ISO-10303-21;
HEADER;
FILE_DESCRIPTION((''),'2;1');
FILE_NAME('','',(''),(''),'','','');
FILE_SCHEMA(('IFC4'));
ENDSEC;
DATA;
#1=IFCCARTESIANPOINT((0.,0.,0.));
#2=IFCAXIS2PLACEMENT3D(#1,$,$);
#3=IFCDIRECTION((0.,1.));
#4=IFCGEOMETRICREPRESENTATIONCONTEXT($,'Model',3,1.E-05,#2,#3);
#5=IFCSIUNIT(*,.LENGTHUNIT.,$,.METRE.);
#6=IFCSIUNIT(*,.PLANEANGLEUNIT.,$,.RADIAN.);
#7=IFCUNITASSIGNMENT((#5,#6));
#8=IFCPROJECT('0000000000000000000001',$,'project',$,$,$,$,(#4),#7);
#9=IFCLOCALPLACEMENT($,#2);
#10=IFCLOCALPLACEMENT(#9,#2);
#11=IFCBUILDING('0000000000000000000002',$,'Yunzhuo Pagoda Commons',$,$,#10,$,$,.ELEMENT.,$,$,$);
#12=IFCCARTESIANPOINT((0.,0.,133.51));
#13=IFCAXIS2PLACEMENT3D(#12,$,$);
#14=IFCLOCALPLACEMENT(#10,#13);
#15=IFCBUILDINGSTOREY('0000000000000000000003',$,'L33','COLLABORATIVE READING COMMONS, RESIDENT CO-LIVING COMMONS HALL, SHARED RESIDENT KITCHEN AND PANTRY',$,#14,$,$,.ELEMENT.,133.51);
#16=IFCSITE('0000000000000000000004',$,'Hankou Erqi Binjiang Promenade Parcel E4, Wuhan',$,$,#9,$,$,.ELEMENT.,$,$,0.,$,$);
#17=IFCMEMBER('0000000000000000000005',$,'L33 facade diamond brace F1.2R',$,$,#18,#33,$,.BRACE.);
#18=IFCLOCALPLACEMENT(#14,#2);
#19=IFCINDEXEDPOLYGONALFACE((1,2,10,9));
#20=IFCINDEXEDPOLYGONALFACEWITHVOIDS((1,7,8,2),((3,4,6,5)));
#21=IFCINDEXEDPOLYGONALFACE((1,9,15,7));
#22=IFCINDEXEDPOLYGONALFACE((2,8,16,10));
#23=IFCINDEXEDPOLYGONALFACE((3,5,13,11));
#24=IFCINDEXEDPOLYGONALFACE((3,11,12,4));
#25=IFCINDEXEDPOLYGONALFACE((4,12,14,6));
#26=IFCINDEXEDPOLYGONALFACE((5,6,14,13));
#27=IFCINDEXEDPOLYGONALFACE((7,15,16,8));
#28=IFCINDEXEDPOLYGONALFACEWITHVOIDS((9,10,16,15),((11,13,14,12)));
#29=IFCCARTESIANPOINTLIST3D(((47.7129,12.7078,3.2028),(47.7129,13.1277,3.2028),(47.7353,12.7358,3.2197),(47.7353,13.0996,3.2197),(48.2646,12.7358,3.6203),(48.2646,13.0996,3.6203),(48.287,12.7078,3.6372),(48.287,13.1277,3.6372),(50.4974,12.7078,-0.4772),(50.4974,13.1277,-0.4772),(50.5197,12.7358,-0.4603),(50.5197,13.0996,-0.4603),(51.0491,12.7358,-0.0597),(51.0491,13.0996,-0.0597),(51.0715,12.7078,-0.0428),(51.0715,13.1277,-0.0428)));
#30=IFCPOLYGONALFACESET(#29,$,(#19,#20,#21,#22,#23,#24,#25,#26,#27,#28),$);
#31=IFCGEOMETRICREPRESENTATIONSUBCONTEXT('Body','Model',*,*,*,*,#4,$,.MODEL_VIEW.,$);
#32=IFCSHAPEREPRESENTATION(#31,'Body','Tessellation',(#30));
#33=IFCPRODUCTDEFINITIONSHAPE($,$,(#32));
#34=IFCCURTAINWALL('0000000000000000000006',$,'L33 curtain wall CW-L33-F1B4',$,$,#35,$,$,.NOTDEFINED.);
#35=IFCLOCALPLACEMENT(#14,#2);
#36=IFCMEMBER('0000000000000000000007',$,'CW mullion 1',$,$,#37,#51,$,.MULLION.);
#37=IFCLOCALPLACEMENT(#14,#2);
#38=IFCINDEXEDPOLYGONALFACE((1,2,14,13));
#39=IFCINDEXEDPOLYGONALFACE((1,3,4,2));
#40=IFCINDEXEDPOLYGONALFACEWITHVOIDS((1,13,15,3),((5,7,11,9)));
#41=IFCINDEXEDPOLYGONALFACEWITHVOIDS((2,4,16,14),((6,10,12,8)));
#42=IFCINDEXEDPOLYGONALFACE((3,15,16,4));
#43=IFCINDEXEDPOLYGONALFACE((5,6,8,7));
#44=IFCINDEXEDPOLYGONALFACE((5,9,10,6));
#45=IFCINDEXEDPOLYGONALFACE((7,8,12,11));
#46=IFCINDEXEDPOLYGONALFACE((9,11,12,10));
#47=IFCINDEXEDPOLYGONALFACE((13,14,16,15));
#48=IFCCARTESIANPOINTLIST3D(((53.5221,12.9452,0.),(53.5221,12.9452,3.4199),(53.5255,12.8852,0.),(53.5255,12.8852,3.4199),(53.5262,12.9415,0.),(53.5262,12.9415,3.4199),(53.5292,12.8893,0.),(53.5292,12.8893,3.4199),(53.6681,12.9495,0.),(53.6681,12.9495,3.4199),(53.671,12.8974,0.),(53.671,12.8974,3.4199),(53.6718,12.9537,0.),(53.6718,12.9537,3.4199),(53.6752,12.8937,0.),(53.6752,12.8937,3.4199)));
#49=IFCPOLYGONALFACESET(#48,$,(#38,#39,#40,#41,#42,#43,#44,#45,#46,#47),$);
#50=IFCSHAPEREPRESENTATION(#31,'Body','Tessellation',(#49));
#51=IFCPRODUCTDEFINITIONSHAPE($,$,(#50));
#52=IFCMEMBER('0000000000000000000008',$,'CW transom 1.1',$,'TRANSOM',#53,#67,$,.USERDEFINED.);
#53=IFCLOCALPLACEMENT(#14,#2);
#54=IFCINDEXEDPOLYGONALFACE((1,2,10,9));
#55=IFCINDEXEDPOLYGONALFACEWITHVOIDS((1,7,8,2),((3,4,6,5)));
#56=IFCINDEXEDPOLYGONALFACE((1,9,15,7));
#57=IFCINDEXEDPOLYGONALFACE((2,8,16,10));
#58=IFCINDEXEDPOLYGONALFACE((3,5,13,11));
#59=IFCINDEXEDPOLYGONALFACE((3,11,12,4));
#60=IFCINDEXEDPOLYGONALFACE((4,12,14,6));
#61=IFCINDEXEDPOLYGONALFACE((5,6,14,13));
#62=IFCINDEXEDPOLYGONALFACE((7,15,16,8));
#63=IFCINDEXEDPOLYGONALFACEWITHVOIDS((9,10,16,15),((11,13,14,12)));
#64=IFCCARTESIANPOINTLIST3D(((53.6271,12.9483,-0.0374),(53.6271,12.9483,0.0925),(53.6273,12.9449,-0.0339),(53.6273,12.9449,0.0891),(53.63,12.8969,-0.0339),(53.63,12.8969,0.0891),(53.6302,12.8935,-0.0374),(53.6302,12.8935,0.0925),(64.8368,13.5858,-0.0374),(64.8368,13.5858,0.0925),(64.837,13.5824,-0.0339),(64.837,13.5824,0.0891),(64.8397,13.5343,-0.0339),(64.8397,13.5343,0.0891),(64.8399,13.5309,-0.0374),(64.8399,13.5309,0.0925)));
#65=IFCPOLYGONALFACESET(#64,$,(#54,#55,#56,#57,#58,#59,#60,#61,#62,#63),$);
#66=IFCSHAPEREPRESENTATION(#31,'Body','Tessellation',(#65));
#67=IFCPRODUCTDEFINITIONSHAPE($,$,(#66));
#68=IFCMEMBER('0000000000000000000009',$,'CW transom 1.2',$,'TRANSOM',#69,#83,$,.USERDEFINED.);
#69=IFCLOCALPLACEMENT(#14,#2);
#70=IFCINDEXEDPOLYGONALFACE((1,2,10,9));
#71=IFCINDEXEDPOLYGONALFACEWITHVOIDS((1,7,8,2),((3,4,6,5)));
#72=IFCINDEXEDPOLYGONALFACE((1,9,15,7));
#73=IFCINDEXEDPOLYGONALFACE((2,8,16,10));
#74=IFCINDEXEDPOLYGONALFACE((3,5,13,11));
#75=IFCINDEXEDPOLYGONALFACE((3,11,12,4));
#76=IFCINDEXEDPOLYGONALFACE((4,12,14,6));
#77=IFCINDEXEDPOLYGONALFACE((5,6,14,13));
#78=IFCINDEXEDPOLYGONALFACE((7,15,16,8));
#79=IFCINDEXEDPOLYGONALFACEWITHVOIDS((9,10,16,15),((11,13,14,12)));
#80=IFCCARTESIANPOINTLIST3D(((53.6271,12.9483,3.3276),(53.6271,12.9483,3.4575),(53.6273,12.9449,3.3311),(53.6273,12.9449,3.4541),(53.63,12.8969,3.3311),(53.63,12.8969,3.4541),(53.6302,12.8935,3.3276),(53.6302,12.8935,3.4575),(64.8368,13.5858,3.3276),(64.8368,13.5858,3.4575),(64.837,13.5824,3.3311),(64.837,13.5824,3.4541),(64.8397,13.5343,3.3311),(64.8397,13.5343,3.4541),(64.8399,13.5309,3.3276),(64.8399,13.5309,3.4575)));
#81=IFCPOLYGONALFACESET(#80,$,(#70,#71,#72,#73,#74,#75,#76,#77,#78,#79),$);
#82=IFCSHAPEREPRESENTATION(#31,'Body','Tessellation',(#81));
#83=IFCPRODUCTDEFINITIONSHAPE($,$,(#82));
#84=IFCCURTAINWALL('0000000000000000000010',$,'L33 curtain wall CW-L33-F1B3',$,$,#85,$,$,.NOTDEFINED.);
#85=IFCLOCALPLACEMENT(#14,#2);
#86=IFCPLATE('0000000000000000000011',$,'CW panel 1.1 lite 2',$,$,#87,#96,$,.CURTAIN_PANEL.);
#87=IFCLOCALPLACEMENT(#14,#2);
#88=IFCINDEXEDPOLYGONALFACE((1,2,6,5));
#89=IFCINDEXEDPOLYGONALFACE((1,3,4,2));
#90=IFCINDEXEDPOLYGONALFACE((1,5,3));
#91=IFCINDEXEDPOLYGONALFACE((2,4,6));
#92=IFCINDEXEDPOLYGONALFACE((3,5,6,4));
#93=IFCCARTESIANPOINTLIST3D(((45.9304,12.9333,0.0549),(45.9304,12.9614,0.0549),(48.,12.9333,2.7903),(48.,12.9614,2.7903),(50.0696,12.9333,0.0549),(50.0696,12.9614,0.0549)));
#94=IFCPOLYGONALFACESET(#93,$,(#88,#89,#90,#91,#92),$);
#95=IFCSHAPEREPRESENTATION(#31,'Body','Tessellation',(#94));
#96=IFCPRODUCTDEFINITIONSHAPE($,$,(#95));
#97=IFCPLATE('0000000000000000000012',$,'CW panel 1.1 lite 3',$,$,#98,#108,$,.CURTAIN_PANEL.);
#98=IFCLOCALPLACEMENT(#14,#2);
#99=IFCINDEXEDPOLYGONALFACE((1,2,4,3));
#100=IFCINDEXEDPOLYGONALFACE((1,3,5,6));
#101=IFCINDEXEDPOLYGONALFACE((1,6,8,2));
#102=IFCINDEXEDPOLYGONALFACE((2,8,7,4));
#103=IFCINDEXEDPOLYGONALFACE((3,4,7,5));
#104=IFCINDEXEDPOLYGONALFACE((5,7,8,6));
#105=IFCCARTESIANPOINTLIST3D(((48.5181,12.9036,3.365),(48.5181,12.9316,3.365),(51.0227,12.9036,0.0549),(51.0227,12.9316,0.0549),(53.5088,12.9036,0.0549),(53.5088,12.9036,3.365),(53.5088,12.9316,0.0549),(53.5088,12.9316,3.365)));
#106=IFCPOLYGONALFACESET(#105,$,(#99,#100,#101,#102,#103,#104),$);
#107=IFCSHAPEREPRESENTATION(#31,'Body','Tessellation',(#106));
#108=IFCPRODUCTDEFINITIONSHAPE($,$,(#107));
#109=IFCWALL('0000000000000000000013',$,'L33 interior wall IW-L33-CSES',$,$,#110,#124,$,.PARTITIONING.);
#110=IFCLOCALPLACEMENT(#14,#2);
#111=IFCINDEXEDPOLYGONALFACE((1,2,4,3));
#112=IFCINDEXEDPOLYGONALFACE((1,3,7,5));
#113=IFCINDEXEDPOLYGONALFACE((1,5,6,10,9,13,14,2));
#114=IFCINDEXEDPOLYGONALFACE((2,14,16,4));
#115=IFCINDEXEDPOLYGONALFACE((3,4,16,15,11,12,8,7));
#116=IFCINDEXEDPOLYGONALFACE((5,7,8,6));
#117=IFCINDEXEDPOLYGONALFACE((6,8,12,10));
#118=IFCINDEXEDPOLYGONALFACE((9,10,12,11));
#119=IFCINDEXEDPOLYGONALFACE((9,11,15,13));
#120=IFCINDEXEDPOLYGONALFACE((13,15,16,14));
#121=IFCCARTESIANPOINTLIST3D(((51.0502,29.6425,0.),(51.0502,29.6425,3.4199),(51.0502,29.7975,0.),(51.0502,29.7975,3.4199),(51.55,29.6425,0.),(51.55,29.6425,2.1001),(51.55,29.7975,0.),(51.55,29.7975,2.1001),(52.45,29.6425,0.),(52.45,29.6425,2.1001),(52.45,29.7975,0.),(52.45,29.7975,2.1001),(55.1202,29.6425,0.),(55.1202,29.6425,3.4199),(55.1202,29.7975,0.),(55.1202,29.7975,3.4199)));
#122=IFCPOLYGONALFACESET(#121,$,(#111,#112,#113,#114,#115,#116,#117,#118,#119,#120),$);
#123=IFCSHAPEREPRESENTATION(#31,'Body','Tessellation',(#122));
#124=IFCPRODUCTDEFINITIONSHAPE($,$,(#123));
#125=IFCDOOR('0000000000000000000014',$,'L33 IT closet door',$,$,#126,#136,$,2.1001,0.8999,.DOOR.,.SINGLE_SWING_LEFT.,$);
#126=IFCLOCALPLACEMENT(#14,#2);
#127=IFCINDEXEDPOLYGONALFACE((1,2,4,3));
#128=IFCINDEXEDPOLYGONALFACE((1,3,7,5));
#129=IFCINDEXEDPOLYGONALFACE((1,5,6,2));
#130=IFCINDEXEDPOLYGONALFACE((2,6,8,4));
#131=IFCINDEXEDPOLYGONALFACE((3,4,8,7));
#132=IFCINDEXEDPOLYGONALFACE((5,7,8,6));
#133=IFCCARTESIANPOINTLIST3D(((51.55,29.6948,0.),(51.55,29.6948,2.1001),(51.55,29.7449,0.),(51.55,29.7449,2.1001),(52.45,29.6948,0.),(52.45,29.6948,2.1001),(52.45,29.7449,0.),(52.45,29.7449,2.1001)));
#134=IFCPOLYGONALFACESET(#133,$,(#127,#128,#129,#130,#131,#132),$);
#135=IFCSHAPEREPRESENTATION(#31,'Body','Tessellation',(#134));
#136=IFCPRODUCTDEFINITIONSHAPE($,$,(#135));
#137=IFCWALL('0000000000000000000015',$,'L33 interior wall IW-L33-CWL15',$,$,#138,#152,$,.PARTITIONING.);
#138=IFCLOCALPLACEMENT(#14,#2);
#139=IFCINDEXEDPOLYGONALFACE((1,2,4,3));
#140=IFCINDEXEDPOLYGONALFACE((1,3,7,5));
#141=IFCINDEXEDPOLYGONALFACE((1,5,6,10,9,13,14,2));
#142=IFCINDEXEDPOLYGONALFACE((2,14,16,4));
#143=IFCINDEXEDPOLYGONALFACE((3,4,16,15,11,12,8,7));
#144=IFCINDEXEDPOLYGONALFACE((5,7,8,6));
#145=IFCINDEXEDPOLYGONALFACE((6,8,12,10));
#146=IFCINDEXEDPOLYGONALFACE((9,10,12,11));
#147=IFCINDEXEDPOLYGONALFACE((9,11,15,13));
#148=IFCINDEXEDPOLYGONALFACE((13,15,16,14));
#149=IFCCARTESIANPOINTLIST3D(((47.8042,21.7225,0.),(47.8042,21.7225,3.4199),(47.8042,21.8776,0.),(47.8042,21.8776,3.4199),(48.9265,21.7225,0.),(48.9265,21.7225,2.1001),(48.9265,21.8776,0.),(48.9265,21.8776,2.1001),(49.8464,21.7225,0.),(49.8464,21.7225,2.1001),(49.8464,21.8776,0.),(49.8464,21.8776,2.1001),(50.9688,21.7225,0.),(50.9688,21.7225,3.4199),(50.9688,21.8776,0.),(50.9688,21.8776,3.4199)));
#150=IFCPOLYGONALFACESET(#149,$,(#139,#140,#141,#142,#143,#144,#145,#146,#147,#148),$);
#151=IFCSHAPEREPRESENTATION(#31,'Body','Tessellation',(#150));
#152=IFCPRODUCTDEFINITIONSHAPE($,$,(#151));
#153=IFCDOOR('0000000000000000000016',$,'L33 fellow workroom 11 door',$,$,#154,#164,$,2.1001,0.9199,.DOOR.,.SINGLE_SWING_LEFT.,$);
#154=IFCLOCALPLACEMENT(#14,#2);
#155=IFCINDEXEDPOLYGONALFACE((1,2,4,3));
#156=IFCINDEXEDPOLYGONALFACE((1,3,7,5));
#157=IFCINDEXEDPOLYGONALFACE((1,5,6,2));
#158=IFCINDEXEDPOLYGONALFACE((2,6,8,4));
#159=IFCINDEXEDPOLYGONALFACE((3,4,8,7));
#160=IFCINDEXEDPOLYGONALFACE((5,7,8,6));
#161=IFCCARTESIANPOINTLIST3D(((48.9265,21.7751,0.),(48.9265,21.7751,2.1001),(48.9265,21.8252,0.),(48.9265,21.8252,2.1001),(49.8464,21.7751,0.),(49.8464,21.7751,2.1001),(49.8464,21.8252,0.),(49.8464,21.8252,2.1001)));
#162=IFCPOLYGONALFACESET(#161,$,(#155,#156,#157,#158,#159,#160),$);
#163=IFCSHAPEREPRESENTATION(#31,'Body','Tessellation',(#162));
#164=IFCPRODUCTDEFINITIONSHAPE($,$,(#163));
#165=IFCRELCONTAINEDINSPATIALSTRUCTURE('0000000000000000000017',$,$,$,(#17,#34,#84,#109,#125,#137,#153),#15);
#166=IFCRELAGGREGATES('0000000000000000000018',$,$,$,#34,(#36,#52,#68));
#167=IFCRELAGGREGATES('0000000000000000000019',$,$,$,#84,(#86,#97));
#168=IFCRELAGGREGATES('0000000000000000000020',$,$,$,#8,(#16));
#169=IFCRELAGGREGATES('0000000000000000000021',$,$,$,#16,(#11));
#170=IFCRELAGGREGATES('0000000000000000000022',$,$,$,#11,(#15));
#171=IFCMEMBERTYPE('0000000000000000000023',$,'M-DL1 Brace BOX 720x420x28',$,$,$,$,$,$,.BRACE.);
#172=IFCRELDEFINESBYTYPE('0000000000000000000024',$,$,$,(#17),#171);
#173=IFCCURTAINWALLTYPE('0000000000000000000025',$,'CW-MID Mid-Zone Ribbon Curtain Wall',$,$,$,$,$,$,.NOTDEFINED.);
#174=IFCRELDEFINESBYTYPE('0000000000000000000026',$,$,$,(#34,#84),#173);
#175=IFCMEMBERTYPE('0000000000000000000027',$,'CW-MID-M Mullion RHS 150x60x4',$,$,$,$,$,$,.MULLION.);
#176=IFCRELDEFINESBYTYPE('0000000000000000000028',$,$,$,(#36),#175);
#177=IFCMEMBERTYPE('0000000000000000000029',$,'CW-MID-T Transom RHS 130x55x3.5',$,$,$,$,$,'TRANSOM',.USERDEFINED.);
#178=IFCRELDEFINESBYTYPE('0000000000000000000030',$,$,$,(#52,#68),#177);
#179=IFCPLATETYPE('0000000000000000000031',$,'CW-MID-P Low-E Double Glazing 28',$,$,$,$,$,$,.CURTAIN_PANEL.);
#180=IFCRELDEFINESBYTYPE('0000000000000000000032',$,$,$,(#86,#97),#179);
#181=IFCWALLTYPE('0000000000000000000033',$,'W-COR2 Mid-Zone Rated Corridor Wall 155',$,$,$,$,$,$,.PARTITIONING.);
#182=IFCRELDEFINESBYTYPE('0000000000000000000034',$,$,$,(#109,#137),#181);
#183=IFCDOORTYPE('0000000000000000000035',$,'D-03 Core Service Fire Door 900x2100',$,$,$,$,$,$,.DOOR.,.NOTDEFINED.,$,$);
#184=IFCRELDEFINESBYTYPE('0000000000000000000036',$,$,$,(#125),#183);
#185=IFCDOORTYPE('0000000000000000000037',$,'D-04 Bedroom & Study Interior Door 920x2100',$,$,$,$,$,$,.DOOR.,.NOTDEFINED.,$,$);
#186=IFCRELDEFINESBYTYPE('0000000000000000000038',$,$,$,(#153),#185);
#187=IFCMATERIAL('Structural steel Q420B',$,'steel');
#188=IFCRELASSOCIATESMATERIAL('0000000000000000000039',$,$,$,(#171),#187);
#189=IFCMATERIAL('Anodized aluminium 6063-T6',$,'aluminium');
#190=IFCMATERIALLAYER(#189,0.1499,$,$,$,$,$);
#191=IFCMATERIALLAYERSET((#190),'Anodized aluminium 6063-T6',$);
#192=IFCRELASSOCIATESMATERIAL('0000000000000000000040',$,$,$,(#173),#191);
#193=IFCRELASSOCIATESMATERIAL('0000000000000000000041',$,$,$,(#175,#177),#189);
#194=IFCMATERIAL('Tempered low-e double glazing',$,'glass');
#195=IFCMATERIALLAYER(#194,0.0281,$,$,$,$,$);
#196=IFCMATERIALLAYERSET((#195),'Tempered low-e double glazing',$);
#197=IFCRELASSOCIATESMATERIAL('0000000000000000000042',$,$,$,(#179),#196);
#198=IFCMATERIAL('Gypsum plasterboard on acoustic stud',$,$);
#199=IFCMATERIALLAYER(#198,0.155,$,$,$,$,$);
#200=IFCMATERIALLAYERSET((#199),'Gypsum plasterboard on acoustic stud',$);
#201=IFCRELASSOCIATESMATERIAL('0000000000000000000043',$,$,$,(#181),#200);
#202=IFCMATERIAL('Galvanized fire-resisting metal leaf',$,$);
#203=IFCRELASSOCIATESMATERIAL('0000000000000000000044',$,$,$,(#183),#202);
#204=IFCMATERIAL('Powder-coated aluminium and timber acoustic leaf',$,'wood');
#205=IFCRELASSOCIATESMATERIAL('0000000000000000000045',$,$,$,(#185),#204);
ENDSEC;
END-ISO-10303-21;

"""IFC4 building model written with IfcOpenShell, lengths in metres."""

from ifc_helpers import new_model, si_unit, direction, frame, frame_2d, origin, origin_with_axes, origin_2d, place, context, subcontext, project, spatial, polyline, rectangle, hollow_rectangle, outline, extrude, source, transform, mapped, material, layer, layer_set, material_profile, profile_set, type_object, element, fill, aggregate, save


model = new_model("IFC4")

# Units and contexts
model_context = context("Model", 3, precision=1e-05, world=origin(), true_north=direction((0.0, 1.0)))
body_context = subcontext(model_context, "Body", "Model", "MODEL_VIEW")
ifc_project = project(units=[si_unit("LENGTHUNIT", "METRE"), si_unit("PLANEANGLEUNIT", "RADIAN")], contexts=[model_context])

# Site, building, storey
site_placement = place(None, origin())
site = spatial("IfcSite", under=ifc_project, at=site_placement, Name="Hankou Erqi Binjiang Promenade Parcel E4, Wuhan", CompositionType="ELEMENT", RefElevation=0.0)
building_placement = place(site_placement, origin())
building = spatial("IfcBuilding", under=site, at=building_placement, Name="Yunzhuo Pagoda Commons", CompositionType="ELEMENT")
storey_placement = place(building_placement, frame((0.0, 0.0, 133.51)))
storey = spatial("IfcBuildingStorey", under=building, at=storey_placement, Name="L33", Description="COLLABORATIVE READING COMMONS, RESIDENT CO-LIVING COMMONS HALL, SHARED RESIDENT KITCHEN AND PANTRY", CompositionType="ELEMENT", Elevation=133.51)

# Shared definitions
ifc_material_1 = material(Name="Structural steel Q420B", Category="steel")

# Member
ifc_material_profile_1 = material_profile(ifc_material_1, hollow_rectangle(XDim=0.4199, YDim=0.72, WallThickness=0.0281, at=origin_2d()), Name="Structural steel Q420B")
ifc_profile_set_1 = profile_set([ifc_material_profile_1], Name="Structural steel Q420B")
member_type_1 = type_object("IfcMemberType", Name="M-DL1 Brace BOX 720x420x28", PredefinedType="BRACE", material=ifc_profile_set_1)
shared_shape_1 = source(origin(), body_context, "Body", "SweptSolid", [
    extrude(hollow_rectangle(XDim=0.4199, YDim=0.72, WallThickness=0.0281, at=origin_2d()), origin(), (0.0, 0.0, 1.0), 4.6147),
])
member_1_placement = place(storey_placement, frame((50.7844, 12.9177, -0.26), z_axis=(-0.603389, 0.0, 0.797447), x_axis=(0.0, -1.0, 0.0)))
element("IfcMember", 1, at=member_1_placement, inside=storey, type_object=member_type_1, Name="L33 facade diamond brace F1.2R", PredefinedType="BRACE", context=body_context, shape_type="MappedRepresentation", body=[
    mapped(shared_shape_1, transform((0.0, 0.0, 0.0), scale=1.0)),
])

# Curtain wall, members
ifc_material_2 = material(Name="Anodized aluminium 6063-T6", Category="aluminium")
ifc_layer_1 = layer(ifc_material_2, 0.1499)
ifc_layer_set_1 = layer_set([ifc_layer_1], Name="Anodized aluminium 6063-T6")
curtain_wall_type = type_object("IfcCurtainWallType", Name="CW-MID Mid-Zone Ribbon Curtain Wall", PredefinedType="NOTDEFINED", material=ifc_layer_set_1)
curtain_wall_1_placement = place(storey_placement, origin())
curtain_wall_1 = element("IfcCurtainWall", 2, at=curtain_wall_1_placement, inside=storey, type_object=curtain_wall_type, Name="L33 curtain wall CW-L33-F1B4", PredefinedType="NOTDEFINED")
ifc_material_profile_2 = material_profile(ifc_material_2, hollow_rectangle(XDim=0.0601, YDim=0.1499, WallThickness=0.0039, at=origin_2d()), Name="Anodized aluminium 6063-T6")
ifc_profile_set_2 = profile_set([ifc_material_profile_2], Name="Anodized aluminium 6063-T6")
member_type_2 = type_object("IfcMemberType", Name="CW-MID-M Mullion RHS 150x60x4", PredefinedType="MULLION", material=ifc_profile_set_2)
shared_shape_2 = source(origin(), body_context, "Body", "SweptSolid", [
    extrude(hollow_rectangle(XDim=0.0601, YDim=0.1499, WallThickness=0.0039, at=origin_2d()), origin(), (0.0, 0.0, 1.0), 3.4199),
])
member_2_placement = place(storey_placement, frame((53.5986, 12.9194, 0.0), z_axis=(0.0, 0.0, 1.0), x_axis=(-0.056742, 0.998389, 0.0)))
member_2 = element("IfcMember", 3, at=member_2_placement, type_object=member_type_2, Name="CW mullion 1", PredefinedType="MULLION", context=body_context, shape_type="MappedRepresentation", body=[
    mapped(shared_shape_2, transform((0.0, 0.0, 0.0), scale=1.0)),
])
ifc_material_profile_3 = material_profile(ifc_material_2, hollow_rectangle(XDim=0.0549, YDim=0.1299, WallThickness=0.0034, at=origin_2d()), Name="Anodized aluminium 6063-T6")
ifc_profile_set_3 = profile_set([ifc_material_profile_3], Name="Anodized aluminium 6063-T6")
member_type_3 = type_object("IfcMemberType", Name="CW-MID-T Transom RHS 130x55x3.5", ElementType="TRANSOM", PredefinedType="USERDEFINED", material=ifc_profile_set_3)
shared_shape_3 = source(origin(), body_context, "Body", "SweptSolid", [
    extrude(hollow_rectangle(XDim=0.0549, YDim=0.1299, WallThickness=0.0034, at=origin_2d()), origin(), (0.0, 0.0, 1.0), 11.2278),
])
member_3_placement = place(storey_placement, frame((53.6287, 12.9209, 0.0276), z_axis=(0.998387, 0.056774, 0.0), x_axis=(-0.056774, 0.998387, 0.0)))
member_3 = element("IfcMember", 4, at=member_3_placement, type_object=member_type_3, Name="CW transom 1.1", ObjectType="TRANSOM", PredefinedType="USERDEFINED", context=body_context, shape_type="MappedRepresentation", body=[
    mapped(shared_shape_3, transform((0.0, 0.0, 0.0), scale=1.0)),
])
member_4_placement = place(storey_placement, frame((53.6287, 12.9209, 3.3926), z_axis=(0.998387, 0.056774, 0.0), x_axis=(-0.056774, 0.998387, 0.0)))
member_4 = element("IfcMember", 5, at=member_4_placement, type_object=member_type_3, Name="CW transom 1.2", ObjectType="TRANSOM", PredefinedType="USERDEFINED", context=body_context, shape_type="MappedRepresentation", body=[
    mapped(shared_shape_3, transform((0.0, 0.0, 0.0), scale=1.0)),
])
aggregate(curtain_wall_1, [member_2, member_3, member_4])

# Curtain wall, plates
curtain_wall_2_placement = place(storey_placement, origin())
curtain_wall_2 = element("IfcCurtainWall", 6, at=curtain_wall_2_placement, inside=storey, type_object=curtain_wall_type, Name="L33 curtain wall CW-L33-F1B3", PredefinedType="NOTDEFINED")
ifc_material_3 = material(Name="Tempered low-e double glazing", Category="glass")
ifc_layer_2 = layer(ifc_material_3, 0.0281)
ifc_layer_set_2 = layer_set([ifc_layer_2], Name="Tempered low-e double glazing")
plate_type = type_object("IfcPlateType", Name="CW-MID-P Low-E Double Glazing 28", PredefinedType="CURTAIN_PANEL", material=ifc_layer_set_2)
plate_1_placement = place(storey_placement, frame((48.0, 12.9614, 1.4226), z_axis=(0.0, -1.0, 0.0), x_axis=(1.0, 0.0, 0.0)))
plate_1 = element("IfcPlate", 7, at=plate_1_placement, type_object=plate_type, Name="CW panel 1.1 lite 2", PredefinedType="CURTAIN_PANEL", context=body_context, shape_type="SweptSolid", body=[
    extrude(outline(polyline([(-2.0696, -1.3677), (2.0696, -1.3677), (0.0, 1.3677), (-2.0696, -1.3677)])), origin(), (0.0, 0.0, 1.0), 0.0281),
])
plate_2_placement = place(storey_placement, frame((51.0134, 12.9316, 1.71), z_axis=(0.0, -1.0, 0.0), x_axis=(1.0, 0.0, 0.0)))
plate_2 = element("IfcPlate", 8, at=plate_2_placement, type_object=plate_type, Name="CW panel 1.1 lite 3", PredefinedType="CURTAIN_PANEL", context=body_context, shape_type="SweptSolid", body=[
    extrude(outline(polyline([(-2.4954, 1.655), (0.0093, -1.655), (2.4954, -1.655), (2.4954, 1.655), (-2.4954, 1.655)])), origin(), (0.0, 0.0, 1.0), 0.0281),
])
aggregate(curtain_wall_2, [plate_1, plate_2])

# Walls, openings, doors
ifc_material_4 = material(Name="Gypsum plasterboard on acoustic stud")
ifc_layer_3 = layer(ifc_material_4, 0.155)
ifc_layer_set_3 = layer_set([ifc_layer_3], Name="Gypsum plasterboard on acoustic stud")
wall_type_1 = type_object("IfcWallType", Name="W-COR2 Mid-Zone Rated Corridor Wall 155", PredefinedType="PARTITIONING", material=ifc_layer_set_3)
wall_1_placement = place(storey_placement, frame((51.05, 29.72, 0.0), z_axis=(0.0, 0.0, 1.0), x_axis=(1.0, 0.0, 0.0)))
wall_1 = element("IfcWall", 9, at=wall_1_placement, inside=storey, type_object=wall_type_1, Name="L33 interior wall IW-L33-CSES", PredefinedType="PARTITIONING", context=body_context, shape_type="SweptSolid", body=[
    extrude(rectangle(XDim=4.0701, YDim=0.155, at=frame_2d((2.0352, 0.0))), origin(), (0.0, 0.0, 1.0), 3.4199),
])
opening_1_placement = place(wall_1_placement, frame((0.5, 0.0, 0.0)))
opening_1 = element("IfcOpeningElement", 10, at=opening_1_placement, cuts=wall_1, PredefinedType="OPENING", context=body_context, shape_type="SweptSolid", body=[
    extrude(rectangle(XDim=0.8999, YDim=2.1001, at=frame_2d((0.45, 1.05))), frame((0.0, 0.0874, 0.0), z_axis=(0.0, -1.0, 0.0), x_axis=(1.0, 0.0, 0.0)), (0.0, 0.0, 1.0), 0.175),
])
ifc_material_5 = material(Name="Galvanized fire-resisting metal leaf")
door_type_1 = type_object("IfcDoorType", Name="D-03 Core Service Fire Door 900x2100", OperationType="NOTDEFINED", PredefinedType="DOOR", material=ifc_material_5)
shared_shape_4 = source(origin(), body_context, "Body", "SweptSolid", [
    extrude(rectangle(XDim=0.8999, YDim=2.1001, at=frame_2d((0.45, 1.05))), frame((0.0, 0.0249, 0.0), z_axis=(0.0, -1.0, 0.0), x_axis=(1.0, 0.0, 0.0)), (0.0, 0.0, 1.0), 0.05),
])
door_1_placement = place(opening_1_placement, origin_with_axes())
door_1 = element("IfcDoor", 11, at=door_1_placement, inside=storey, type_object=door_type_1, Name="L33 IT closet door", OperationType="SINGLE_SWING_LEFT", OverallHeight=2.1001, OverallWidth=0.8999, PredefinedType="DOOR", context=body_context, shape_type="MappedRepresentation", body=[
    mapped(shared_shape_4, transform((0.0, 0.0, 0.0), scale=1.0)),
])
fill(opening_1, door_1)
wall_2_placement = place(storey_placement, frame((50.9688, 21.8, 0.0), z_axis=(0.0, 0.0, 1.0), x_axis=(-1.0, 0.0, 0.0)))
wall_2 = element("IfcWall", 12, at=wall_2_placement, inside=storey, type_object=wall_type_1, Name="L33 interior wall IW-L33-CWL15", PredefinedType="PARTITIONING", context=body_context, shape_type="SweptSolid", body=[
    extrude(rectangle(XDim=3.1646, YDim=0.155, at=frame_2d((1.5823, 0.0))), origin(), (0.0, 0.0, 1.0), 3.4199),
])
opening_2_placement = place(wall_2_placement, frame((1.1223, 0.0, 0.0)))
opening_2 = element("IfcOpeningElement", 13, at=opening_2_placement, cuts=wall_2, PredefinedType="OPENING", context=body_context, shape_type="SweptSolid", body=[
    extrude(rectangle(XDim=0.9199, YDim=2.1001, at=frame_2d((0.46, 1.05))), frame((0.0, 0.0874, 0.0), z_axis=(0.0, -1.0, 0.0), x_axis=(1.0, 0.0, 0.0)), (0.0, 0.0, 1.0), 0.175),
])
ifc_material_6 = material(Name="Powder-coated aluminium and timber acoustic leaf", Category="wood")
door_type_2 = type_object("IfcDoorType", Name="D-04 Bedroom & Study Interior Door 920x2100", OperationType="NOTDEFINED", PredefinedType="DOOR", material=ifc_material_6)
shared_shape_5 = source(origin(), body_context, "Body", "SweptSolid", [
    extrude(rectangle(XDim=0.9199, YDim=2.1001, at=frame_2d((0.46, 1.05))), frame((0.0, 0.0249, 0.0), z_axis=(0.0, -1.0, 0.0), x_axis=(1.0, 0.0, 0.0)), (0.0, 0.0, 1.0), 0.05),
])
door_2_placement = place(opening_2_placement, origin_with_axes())
door_2 = element("IfcDoor", 14, at=door_2_placement, inside=storey, type_object=door_type_2, Name="L33 fellow workroom 11 door", OperationType="SINGLE_SWING_LEFT", OverallHeight=2.1001, OverallWidth=0.9199, PredefinedType="DOOR", context=body_context, shape_type="MappedRepresentation", body=[
    mapped(shared_shape_5, transform((0.0, 0.0, 0.0), scale=1.0)),
])
fill(opening_2, door_2)

save(model, "model.ifc")
